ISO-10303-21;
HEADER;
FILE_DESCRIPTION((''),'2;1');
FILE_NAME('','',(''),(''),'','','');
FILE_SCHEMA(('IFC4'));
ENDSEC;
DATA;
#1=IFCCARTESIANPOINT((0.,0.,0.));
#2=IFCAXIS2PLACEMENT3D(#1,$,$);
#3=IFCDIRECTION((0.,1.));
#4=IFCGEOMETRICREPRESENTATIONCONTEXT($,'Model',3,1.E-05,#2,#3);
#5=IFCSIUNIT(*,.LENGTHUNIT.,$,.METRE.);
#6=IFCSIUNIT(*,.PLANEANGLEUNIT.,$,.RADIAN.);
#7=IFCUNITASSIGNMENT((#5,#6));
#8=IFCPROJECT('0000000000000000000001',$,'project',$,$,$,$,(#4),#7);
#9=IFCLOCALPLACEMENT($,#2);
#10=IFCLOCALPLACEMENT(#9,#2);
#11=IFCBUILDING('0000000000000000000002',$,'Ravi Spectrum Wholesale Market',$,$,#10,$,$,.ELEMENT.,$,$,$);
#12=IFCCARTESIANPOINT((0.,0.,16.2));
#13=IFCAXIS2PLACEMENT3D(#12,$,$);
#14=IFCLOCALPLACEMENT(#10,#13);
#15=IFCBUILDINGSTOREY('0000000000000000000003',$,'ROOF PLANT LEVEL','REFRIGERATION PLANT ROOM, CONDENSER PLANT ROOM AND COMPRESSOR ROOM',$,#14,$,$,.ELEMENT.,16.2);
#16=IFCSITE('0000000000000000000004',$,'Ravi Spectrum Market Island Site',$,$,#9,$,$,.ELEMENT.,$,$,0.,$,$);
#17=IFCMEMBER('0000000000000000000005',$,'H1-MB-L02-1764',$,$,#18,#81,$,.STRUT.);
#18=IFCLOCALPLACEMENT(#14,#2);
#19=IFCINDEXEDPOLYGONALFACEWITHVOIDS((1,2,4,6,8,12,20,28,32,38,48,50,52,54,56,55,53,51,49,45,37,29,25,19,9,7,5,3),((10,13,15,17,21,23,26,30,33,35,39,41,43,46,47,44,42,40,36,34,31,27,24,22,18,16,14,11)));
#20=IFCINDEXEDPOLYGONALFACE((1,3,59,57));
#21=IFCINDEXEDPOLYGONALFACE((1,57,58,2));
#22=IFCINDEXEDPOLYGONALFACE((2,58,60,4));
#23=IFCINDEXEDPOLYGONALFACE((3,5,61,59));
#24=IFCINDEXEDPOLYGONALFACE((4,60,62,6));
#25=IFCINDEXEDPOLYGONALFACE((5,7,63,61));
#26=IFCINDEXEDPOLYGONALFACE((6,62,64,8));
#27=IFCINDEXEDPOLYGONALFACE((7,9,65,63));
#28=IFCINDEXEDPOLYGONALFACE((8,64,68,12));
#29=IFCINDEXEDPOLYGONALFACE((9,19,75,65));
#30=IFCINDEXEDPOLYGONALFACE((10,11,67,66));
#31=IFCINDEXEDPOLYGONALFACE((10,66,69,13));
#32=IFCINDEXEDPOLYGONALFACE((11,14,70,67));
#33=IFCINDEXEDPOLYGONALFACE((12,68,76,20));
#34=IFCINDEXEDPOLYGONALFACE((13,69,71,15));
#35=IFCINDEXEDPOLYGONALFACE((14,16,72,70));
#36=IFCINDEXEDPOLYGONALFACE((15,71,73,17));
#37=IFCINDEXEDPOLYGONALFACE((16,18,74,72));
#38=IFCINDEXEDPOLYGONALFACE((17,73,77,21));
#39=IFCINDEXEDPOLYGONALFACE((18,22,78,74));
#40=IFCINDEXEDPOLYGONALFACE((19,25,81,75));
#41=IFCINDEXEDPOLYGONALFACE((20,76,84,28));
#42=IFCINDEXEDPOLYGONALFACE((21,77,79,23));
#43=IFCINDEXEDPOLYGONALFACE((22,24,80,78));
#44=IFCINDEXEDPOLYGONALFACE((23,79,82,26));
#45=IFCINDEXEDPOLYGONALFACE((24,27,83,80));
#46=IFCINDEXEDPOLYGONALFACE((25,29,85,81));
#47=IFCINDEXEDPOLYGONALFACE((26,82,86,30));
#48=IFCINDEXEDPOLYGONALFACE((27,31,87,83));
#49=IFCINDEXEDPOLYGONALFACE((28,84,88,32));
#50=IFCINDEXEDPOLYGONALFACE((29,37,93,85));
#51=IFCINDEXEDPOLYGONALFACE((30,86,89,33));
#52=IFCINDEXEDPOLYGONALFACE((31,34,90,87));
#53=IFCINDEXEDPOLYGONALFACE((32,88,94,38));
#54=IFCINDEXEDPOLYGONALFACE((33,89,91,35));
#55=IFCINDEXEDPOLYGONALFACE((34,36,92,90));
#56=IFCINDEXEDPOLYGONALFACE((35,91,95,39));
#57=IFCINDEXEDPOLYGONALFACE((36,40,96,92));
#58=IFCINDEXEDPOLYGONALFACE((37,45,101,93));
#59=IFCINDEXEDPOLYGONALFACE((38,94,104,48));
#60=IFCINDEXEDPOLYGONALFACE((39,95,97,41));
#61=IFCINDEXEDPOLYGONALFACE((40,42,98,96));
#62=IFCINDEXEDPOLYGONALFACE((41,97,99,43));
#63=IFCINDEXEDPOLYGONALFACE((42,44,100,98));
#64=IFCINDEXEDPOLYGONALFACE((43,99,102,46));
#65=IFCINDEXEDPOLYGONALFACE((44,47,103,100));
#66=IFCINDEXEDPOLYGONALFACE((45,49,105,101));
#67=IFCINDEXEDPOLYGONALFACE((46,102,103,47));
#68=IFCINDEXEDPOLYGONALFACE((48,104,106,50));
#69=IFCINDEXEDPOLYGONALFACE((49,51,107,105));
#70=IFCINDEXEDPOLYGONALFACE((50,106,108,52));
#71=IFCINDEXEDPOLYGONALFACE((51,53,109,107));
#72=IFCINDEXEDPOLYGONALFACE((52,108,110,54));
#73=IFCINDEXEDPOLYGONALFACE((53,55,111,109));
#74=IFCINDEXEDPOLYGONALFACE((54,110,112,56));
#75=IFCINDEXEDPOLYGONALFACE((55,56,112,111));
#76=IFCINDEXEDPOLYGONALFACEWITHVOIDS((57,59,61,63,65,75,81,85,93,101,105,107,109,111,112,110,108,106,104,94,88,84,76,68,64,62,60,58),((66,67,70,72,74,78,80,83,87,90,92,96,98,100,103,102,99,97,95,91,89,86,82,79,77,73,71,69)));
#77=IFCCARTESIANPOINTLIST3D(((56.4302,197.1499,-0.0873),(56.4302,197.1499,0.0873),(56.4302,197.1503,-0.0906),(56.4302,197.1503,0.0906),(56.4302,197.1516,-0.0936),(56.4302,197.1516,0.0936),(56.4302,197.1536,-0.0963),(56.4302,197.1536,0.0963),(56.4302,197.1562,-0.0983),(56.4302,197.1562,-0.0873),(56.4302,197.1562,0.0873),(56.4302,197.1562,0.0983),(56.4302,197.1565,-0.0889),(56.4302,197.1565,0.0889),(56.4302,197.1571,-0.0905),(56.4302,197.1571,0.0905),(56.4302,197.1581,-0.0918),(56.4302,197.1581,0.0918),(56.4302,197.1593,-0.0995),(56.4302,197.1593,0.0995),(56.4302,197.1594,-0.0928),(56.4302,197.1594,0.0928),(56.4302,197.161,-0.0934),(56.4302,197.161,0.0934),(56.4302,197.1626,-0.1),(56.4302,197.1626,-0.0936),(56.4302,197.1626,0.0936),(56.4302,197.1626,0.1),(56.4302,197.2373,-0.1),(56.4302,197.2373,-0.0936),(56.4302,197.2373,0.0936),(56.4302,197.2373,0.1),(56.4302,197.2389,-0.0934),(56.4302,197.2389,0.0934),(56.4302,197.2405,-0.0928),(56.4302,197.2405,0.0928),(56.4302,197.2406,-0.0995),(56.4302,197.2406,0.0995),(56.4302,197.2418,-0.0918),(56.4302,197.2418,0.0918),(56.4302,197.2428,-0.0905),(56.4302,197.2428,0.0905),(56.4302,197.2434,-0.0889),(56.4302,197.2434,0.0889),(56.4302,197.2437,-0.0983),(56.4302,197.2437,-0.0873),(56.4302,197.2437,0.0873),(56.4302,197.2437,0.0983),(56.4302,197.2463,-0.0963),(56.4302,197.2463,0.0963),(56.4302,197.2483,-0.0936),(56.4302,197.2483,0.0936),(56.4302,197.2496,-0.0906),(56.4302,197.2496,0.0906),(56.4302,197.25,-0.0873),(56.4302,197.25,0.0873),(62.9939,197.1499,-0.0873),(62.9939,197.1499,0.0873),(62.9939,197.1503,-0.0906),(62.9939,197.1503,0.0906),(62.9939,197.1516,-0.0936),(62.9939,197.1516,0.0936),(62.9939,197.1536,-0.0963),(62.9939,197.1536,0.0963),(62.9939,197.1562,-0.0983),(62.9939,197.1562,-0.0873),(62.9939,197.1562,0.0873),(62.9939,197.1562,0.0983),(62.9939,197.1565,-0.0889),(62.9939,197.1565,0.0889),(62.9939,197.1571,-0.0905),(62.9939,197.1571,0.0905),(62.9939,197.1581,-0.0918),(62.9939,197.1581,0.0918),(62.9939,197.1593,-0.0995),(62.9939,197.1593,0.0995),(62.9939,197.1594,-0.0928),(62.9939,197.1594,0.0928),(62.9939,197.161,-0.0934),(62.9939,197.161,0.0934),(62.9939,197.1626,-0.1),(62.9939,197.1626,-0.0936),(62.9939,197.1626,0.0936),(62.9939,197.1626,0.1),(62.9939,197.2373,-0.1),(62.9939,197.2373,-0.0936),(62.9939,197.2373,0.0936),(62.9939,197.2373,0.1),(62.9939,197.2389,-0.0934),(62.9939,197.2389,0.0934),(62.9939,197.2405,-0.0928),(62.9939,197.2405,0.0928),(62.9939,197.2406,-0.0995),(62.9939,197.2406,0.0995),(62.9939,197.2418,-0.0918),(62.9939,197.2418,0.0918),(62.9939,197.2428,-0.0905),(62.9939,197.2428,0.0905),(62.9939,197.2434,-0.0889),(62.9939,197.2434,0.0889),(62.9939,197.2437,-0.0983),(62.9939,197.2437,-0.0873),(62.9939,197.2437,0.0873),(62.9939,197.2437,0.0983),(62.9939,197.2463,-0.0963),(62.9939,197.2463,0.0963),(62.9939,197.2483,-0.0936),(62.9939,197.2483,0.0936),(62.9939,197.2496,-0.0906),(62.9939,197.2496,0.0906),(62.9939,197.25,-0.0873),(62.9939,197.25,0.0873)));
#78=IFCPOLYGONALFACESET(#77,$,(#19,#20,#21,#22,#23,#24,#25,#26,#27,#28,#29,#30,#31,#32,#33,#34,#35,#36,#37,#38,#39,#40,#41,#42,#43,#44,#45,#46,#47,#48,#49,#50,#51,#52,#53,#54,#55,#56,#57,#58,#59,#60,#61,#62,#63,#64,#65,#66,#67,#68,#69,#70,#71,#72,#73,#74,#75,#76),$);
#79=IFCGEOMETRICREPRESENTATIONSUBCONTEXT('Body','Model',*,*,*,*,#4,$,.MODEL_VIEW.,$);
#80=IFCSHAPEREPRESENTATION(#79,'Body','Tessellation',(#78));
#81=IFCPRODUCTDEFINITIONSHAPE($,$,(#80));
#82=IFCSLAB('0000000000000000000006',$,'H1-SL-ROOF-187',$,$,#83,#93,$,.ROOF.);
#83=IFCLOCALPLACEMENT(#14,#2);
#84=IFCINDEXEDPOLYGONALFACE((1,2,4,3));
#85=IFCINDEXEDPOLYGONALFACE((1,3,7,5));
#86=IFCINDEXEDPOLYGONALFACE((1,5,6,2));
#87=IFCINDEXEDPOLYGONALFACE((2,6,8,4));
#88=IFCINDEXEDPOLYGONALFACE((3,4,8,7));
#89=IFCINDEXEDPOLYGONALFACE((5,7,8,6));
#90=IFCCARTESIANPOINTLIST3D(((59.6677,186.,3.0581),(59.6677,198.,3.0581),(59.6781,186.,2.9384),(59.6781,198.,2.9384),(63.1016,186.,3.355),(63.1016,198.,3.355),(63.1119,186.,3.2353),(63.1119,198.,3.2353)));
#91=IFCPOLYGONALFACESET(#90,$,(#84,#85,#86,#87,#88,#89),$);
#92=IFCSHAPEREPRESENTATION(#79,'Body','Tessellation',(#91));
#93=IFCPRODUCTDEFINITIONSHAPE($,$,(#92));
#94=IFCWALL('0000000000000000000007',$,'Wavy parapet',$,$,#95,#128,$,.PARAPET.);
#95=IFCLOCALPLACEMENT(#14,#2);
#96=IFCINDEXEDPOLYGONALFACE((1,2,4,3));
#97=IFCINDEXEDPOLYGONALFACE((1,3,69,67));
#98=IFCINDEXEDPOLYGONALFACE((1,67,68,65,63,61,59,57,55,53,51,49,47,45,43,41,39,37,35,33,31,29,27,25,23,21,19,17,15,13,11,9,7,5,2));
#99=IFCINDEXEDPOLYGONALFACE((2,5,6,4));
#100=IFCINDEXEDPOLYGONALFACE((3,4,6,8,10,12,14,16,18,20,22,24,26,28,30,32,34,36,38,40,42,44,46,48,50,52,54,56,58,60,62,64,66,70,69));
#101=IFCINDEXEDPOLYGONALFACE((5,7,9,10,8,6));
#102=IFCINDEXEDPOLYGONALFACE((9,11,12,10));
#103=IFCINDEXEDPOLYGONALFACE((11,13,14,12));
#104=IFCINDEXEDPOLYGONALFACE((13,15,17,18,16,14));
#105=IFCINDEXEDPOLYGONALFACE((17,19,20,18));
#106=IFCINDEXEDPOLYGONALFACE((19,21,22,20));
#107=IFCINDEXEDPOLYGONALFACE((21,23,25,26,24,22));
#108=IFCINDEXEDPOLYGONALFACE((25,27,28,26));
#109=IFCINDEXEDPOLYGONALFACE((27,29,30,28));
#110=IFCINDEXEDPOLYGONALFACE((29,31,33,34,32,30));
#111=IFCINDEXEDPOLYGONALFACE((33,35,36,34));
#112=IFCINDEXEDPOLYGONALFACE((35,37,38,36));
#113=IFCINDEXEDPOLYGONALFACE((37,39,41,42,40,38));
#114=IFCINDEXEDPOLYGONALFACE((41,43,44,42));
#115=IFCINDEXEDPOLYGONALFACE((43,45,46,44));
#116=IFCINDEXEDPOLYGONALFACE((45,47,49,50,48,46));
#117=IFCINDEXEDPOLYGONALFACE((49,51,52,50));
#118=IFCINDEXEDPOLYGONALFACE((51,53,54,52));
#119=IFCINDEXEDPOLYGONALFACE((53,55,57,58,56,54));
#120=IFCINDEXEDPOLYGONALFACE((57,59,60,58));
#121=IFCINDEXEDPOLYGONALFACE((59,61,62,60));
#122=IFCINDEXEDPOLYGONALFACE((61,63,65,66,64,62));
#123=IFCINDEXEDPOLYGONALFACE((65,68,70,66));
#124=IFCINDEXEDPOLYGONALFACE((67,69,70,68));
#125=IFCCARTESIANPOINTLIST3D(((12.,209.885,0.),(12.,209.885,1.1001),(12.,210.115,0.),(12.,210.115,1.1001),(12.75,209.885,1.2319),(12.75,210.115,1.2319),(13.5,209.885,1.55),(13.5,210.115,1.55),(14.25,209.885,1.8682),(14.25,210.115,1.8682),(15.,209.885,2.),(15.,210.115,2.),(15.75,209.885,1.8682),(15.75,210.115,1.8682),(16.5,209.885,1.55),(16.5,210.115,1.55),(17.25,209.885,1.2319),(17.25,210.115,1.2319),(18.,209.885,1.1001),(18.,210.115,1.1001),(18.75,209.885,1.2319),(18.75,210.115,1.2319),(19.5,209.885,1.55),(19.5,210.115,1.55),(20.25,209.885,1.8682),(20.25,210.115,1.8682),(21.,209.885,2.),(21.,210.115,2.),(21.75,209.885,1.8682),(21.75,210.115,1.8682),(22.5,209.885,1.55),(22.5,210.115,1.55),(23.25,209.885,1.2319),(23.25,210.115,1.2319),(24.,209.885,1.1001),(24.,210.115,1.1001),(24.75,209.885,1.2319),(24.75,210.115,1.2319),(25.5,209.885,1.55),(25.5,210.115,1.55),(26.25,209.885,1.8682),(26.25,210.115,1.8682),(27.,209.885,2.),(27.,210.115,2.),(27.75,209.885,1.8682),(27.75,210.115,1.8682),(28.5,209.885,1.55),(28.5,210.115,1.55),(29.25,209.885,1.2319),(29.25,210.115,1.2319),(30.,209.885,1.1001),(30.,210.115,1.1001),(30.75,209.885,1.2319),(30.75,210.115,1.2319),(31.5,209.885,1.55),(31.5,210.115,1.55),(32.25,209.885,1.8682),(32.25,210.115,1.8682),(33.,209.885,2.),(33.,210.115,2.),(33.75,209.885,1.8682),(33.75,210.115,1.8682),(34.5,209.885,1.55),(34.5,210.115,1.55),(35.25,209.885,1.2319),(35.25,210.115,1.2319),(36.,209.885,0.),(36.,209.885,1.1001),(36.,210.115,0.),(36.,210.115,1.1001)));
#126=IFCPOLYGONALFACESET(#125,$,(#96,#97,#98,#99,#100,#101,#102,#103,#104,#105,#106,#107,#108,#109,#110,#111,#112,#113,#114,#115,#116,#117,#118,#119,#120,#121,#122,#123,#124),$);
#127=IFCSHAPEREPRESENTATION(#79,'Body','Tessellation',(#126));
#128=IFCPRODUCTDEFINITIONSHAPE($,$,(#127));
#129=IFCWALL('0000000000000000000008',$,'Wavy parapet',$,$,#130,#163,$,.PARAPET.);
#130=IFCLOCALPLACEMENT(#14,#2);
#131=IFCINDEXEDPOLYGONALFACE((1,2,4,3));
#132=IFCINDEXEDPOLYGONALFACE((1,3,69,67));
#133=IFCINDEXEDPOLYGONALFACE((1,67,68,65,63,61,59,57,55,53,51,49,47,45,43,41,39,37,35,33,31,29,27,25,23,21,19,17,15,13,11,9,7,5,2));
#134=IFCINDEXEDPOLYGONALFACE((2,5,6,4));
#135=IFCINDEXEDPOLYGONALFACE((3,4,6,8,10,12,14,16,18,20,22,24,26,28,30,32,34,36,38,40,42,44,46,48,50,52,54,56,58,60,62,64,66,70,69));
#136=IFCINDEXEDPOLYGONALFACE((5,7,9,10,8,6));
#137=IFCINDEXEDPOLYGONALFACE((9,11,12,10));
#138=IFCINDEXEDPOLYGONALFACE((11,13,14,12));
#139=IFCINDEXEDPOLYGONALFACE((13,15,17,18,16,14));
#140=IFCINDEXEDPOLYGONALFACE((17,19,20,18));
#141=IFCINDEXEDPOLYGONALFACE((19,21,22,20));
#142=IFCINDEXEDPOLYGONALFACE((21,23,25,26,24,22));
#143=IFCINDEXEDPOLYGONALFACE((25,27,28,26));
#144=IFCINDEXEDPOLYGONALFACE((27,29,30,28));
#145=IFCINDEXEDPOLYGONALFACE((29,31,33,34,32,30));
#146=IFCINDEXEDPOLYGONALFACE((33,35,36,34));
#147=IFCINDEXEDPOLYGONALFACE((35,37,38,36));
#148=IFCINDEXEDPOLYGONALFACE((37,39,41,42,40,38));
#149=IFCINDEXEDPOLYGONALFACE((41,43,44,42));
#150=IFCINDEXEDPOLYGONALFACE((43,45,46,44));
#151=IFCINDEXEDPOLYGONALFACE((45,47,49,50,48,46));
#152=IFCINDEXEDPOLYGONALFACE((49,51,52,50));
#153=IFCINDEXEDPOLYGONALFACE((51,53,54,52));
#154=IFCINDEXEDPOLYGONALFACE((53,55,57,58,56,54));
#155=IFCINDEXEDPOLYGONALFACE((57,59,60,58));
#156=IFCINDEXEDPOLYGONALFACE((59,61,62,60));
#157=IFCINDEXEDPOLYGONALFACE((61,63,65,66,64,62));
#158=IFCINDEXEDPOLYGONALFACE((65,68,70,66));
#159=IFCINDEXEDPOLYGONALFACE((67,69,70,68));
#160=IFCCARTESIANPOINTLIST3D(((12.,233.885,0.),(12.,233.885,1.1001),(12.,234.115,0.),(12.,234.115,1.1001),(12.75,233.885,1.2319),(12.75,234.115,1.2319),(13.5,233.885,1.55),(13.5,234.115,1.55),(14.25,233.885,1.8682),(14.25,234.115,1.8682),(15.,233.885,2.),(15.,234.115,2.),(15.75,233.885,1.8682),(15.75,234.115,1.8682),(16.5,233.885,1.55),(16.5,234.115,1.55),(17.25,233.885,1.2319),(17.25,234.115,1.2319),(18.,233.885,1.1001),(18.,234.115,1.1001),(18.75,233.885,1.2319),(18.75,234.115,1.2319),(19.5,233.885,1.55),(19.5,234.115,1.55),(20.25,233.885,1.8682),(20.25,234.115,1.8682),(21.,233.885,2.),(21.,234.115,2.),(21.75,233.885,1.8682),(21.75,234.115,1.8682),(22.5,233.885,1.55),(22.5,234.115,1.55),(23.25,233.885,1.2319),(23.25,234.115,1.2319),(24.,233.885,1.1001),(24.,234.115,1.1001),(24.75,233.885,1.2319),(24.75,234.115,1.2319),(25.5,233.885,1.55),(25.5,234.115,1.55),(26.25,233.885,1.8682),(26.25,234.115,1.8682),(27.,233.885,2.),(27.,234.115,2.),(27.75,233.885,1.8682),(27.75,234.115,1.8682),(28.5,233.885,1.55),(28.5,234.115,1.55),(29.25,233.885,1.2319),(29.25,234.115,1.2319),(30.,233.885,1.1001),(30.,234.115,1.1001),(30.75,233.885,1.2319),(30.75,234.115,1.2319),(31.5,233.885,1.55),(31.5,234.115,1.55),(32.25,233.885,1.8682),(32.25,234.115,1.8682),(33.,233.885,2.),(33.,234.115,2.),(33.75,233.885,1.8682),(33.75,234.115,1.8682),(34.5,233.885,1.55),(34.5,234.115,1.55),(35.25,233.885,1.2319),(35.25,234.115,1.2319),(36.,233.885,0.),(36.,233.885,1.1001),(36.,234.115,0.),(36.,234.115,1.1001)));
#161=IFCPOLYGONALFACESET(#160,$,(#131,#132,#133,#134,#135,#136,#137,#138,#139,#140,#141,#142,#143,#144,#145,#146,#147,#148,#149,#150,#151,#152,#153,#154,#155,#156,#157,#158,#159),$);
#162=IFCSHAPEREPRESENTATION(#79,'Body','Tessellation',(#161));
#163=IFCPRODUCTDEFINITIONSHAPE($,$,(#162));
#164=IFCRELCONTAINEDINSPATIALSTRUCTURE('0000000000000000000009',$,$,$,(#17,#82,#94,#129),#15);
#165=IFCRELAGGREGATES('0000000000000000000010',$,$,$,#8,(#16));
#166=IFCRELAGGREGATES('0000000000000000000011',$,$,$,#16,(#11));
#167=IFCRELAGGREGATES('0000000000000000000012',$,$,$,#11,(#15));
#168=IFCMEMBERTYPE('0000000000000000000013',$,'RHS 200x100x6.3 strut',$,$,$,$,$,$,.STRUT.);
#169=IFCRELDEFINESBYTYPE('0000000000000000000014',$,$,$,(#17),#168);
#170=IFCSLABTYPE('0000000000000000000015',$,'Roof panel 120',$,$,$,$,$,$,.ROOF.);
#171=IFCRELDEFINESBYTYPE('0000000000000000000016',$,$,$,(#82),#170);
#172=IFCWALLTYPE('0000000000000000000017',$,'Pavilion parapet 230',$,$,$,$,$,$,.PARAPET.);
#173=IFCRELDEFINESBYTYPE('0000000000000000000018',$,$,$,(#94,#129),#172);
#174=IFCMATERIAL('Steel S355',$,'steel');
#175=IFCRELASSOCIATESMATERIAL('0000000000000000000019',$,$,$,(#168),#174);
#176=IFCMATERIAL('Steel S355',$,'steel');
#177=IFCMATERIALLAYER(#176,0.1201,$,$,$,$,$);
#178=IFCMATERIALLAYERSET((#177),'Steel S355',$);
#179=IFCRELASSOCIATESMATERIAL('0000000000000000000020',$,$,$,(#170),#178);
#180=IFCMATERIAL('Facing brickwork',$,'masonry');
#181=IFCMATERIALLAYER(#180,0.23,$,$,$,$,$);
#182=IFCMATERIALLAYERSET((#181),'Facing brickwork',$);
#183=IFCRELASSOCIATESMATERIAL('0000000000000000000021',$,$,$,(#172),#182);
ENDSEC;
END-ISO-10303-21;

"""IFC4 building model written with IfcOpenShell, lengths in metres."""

from ifc_helpers import new_model, si_unit, direction, frame, origin, origin_2d, place, context, subcontext, project, spatial, polyline, hollow_rectangle, outline, extrude, material, layer, layer_set, material_profile, profile_set, type_object, element, save


model = new_model("IFC4")

# Units and contexts
model_context = context("Model", 3, precision=1e-05, world=origin(), true_north=direction((0.0, 1.0)))
body_context = subcontext(model_context, "Body", "Model", "MODEL_VIEW")
ifc_project = project(units=[si_unit("LENGTHUNIT", "METRE"), si_unit("PLANEANGLEUNIT", "RADIAN")], contexts=[model_context])

# Site, building, storey
site_placement = place(None, origin())
site = spatial("IfcSite", under=ifc_project, at=site_placement, Name="Ravi Spectrum Market Island Site", CompositionType="ELEMENT", RefElevation=0.0)
building_placement = place(site_placement, origin())
building = spatial("IfcBuilding", under=site, at=building_placement, Name="Ravi Spectrum Wholesale Market", CompositionType="ELEMENT")
storey_placement = place(building_placement, frame((0.0, 0.0, 16.2)))
storey = spatial("IfcBuildingStorey", under=building, at=storey_placement, Name="ROOF PLANT LEVEL", Description="REFRIGERATION PLANT ROOM, CONDENSER PLANT ROOM AND COMPRESSOR ROOM", CompositionType="ELEMENT", Elevation=16.2)

# Member
ifc_material_1 = material(Name="Steel S355", Category="steel")
ifc_material_profile_1 = material_profile(ifc_material_1, hollow_rectangle(XDim=0.1001, YDim=0.2, WallThickness=0.0063, InnerFilletRadius=0.0063, OuterFilletRadius=0.0127, at=origin_2d()))
ifc_profile_set_1 = profile_set([ifc_material_profile_1], Name="Steel S355")
member_type_1 = type_object("IfcMemberType", Name="RHS 200x100x6.3 strut", PredefinedType="STRUT", material=ifc_profile_set_1)
member_1_placement = place(storey_placement, frame((56.4302, 197.2, 0.0), z_axis=(1.0, 0.0, 0.0), x_axis=(0.0, 1.0, 0.0)))
element("IfcMember", 1, at=member_1_placement, inside=storey, type_object=member_type_1, Name="H1-MB-L02-1764", PredefinedType="STRUT", context=body_context, shape_type="SweptSolid", body=[
    extrude(hollow_rectangle(XDim=0.1001, YDim=0.2, WallThickness=0.0063, InnerFilletRadius=0.0063, OuterFilletRadius=0.0127, at=origin_2d()), origin(), (0.0, 0.0, 1.0), 6.5637),
])

# Slab
ifc_material_2 = material(Name="Steel S355", Category="steel")
ifc_layer_1 = layer(ifc_material_2, 0.1201)
ifc_layer_set_1 = layer_set([ifc_layer_1], Name="Steel S355")
slab_type = type_object("IfcSlabType", Name="Roof panel 120", PredefinedType="ROOF", material=ifc_layer_set_1)
slab_placement = place(storey_placement, frame((59.6677, 186.0, 3.0581), z_axis=(-0.086134, 0.0, 0.996284), x_axis=(0.996284, 0.0, 0.086134)))
element("IfcSlab", 2, at=slab_placement, inside=storey, type_object=slab_type, Name="H1-SL-ROOF-187", PredefinedType="ROOF", context=body_context, shape_type="SweptSolid", body=[
    extrude(outline(polyline([(0.0, 0.0), (3.4466, 0.0), (3.4466, 12.0), (0.0, 12.0), (0.0, 0.0)])), origin(), (0.0, 0.0, -1.0), 0.1201),
])

# Walls
ifc_material_3 = material(Name="Facing brickwork", Category="masonry")
ifc_layer_2 = layer(ifc_material_3, 0.23)
ifc_layer_set_2 = layer_set([ifc_layer_2], Name="Facing brickwork")
wall_type = type_object("IfcWallType", Name="Pavilion parapet 230", PredefinedType="PARAPET", material=ifc_layer_set_2)
for number, where, z_axis, x_axis, name in (
    (3, (12.0, 210.0, 0.0), (0.0, 0.0, 1.0), (1.0, 0.0, 0.0), "Wavy parapet"),
    (4, (12.0, 234.0, 0.0), (0.0, 0.0, 1.0), (1.0, 0.0, 0.0), "Wavy parapet"),
):
    element("IfcWall", number, at=place(storey_placement, frame(where, z_axis=z_axis, x_axis=x_axis)), inside=storey, type_object=wall_type, Name=name, PredefinedType="PARAPET", context=body_context, shape_type="SweptSolid", body=[
        extrude(outline(polyline([(0.0, 0.0), (24.0, 0.0), (24.0, 1.1001), (23.25, 1.2319), (22.5, 1.55), (21.75, 1.8682), (21.0, 2.0), (20.25, 1.8682), (19.5, 1.55), (18.75, 1.2319), (18.0, 1.1001), (17.25, 1.2319), (16.5, 1.55), (15.75, 1.8682), (15.0, 2.0), (14.25, 1.8682), (13.5, 1.55), (12.75, 1.2319), (12.0, 1.1001), (11.25, 1.2319), (10.5, 1.55), (9.75, 1.8682), (9.0, 2.0), (8.25, 1.8682), (7.5, 1.55), (6.75, 1.2319), (6.0, 1.1001), (5.25, 1.2319), (4.5, 1.55), (3.75, 1.8682), (3.0, 2.0), (2.25, 1.8682), (1.5, 1.55), (0.75, 1.2319), (0.0, 1.1001), (0.0, 0.0)])), frame((0.0, 0.115, 0.0), z_axis=(0.0, -1.0, 0.0), x_axis=(1.0, 0.0, 0.0)), (0.0, 0.0, 1.0), 0.23),
    ])

save(model, "model.ifc")
